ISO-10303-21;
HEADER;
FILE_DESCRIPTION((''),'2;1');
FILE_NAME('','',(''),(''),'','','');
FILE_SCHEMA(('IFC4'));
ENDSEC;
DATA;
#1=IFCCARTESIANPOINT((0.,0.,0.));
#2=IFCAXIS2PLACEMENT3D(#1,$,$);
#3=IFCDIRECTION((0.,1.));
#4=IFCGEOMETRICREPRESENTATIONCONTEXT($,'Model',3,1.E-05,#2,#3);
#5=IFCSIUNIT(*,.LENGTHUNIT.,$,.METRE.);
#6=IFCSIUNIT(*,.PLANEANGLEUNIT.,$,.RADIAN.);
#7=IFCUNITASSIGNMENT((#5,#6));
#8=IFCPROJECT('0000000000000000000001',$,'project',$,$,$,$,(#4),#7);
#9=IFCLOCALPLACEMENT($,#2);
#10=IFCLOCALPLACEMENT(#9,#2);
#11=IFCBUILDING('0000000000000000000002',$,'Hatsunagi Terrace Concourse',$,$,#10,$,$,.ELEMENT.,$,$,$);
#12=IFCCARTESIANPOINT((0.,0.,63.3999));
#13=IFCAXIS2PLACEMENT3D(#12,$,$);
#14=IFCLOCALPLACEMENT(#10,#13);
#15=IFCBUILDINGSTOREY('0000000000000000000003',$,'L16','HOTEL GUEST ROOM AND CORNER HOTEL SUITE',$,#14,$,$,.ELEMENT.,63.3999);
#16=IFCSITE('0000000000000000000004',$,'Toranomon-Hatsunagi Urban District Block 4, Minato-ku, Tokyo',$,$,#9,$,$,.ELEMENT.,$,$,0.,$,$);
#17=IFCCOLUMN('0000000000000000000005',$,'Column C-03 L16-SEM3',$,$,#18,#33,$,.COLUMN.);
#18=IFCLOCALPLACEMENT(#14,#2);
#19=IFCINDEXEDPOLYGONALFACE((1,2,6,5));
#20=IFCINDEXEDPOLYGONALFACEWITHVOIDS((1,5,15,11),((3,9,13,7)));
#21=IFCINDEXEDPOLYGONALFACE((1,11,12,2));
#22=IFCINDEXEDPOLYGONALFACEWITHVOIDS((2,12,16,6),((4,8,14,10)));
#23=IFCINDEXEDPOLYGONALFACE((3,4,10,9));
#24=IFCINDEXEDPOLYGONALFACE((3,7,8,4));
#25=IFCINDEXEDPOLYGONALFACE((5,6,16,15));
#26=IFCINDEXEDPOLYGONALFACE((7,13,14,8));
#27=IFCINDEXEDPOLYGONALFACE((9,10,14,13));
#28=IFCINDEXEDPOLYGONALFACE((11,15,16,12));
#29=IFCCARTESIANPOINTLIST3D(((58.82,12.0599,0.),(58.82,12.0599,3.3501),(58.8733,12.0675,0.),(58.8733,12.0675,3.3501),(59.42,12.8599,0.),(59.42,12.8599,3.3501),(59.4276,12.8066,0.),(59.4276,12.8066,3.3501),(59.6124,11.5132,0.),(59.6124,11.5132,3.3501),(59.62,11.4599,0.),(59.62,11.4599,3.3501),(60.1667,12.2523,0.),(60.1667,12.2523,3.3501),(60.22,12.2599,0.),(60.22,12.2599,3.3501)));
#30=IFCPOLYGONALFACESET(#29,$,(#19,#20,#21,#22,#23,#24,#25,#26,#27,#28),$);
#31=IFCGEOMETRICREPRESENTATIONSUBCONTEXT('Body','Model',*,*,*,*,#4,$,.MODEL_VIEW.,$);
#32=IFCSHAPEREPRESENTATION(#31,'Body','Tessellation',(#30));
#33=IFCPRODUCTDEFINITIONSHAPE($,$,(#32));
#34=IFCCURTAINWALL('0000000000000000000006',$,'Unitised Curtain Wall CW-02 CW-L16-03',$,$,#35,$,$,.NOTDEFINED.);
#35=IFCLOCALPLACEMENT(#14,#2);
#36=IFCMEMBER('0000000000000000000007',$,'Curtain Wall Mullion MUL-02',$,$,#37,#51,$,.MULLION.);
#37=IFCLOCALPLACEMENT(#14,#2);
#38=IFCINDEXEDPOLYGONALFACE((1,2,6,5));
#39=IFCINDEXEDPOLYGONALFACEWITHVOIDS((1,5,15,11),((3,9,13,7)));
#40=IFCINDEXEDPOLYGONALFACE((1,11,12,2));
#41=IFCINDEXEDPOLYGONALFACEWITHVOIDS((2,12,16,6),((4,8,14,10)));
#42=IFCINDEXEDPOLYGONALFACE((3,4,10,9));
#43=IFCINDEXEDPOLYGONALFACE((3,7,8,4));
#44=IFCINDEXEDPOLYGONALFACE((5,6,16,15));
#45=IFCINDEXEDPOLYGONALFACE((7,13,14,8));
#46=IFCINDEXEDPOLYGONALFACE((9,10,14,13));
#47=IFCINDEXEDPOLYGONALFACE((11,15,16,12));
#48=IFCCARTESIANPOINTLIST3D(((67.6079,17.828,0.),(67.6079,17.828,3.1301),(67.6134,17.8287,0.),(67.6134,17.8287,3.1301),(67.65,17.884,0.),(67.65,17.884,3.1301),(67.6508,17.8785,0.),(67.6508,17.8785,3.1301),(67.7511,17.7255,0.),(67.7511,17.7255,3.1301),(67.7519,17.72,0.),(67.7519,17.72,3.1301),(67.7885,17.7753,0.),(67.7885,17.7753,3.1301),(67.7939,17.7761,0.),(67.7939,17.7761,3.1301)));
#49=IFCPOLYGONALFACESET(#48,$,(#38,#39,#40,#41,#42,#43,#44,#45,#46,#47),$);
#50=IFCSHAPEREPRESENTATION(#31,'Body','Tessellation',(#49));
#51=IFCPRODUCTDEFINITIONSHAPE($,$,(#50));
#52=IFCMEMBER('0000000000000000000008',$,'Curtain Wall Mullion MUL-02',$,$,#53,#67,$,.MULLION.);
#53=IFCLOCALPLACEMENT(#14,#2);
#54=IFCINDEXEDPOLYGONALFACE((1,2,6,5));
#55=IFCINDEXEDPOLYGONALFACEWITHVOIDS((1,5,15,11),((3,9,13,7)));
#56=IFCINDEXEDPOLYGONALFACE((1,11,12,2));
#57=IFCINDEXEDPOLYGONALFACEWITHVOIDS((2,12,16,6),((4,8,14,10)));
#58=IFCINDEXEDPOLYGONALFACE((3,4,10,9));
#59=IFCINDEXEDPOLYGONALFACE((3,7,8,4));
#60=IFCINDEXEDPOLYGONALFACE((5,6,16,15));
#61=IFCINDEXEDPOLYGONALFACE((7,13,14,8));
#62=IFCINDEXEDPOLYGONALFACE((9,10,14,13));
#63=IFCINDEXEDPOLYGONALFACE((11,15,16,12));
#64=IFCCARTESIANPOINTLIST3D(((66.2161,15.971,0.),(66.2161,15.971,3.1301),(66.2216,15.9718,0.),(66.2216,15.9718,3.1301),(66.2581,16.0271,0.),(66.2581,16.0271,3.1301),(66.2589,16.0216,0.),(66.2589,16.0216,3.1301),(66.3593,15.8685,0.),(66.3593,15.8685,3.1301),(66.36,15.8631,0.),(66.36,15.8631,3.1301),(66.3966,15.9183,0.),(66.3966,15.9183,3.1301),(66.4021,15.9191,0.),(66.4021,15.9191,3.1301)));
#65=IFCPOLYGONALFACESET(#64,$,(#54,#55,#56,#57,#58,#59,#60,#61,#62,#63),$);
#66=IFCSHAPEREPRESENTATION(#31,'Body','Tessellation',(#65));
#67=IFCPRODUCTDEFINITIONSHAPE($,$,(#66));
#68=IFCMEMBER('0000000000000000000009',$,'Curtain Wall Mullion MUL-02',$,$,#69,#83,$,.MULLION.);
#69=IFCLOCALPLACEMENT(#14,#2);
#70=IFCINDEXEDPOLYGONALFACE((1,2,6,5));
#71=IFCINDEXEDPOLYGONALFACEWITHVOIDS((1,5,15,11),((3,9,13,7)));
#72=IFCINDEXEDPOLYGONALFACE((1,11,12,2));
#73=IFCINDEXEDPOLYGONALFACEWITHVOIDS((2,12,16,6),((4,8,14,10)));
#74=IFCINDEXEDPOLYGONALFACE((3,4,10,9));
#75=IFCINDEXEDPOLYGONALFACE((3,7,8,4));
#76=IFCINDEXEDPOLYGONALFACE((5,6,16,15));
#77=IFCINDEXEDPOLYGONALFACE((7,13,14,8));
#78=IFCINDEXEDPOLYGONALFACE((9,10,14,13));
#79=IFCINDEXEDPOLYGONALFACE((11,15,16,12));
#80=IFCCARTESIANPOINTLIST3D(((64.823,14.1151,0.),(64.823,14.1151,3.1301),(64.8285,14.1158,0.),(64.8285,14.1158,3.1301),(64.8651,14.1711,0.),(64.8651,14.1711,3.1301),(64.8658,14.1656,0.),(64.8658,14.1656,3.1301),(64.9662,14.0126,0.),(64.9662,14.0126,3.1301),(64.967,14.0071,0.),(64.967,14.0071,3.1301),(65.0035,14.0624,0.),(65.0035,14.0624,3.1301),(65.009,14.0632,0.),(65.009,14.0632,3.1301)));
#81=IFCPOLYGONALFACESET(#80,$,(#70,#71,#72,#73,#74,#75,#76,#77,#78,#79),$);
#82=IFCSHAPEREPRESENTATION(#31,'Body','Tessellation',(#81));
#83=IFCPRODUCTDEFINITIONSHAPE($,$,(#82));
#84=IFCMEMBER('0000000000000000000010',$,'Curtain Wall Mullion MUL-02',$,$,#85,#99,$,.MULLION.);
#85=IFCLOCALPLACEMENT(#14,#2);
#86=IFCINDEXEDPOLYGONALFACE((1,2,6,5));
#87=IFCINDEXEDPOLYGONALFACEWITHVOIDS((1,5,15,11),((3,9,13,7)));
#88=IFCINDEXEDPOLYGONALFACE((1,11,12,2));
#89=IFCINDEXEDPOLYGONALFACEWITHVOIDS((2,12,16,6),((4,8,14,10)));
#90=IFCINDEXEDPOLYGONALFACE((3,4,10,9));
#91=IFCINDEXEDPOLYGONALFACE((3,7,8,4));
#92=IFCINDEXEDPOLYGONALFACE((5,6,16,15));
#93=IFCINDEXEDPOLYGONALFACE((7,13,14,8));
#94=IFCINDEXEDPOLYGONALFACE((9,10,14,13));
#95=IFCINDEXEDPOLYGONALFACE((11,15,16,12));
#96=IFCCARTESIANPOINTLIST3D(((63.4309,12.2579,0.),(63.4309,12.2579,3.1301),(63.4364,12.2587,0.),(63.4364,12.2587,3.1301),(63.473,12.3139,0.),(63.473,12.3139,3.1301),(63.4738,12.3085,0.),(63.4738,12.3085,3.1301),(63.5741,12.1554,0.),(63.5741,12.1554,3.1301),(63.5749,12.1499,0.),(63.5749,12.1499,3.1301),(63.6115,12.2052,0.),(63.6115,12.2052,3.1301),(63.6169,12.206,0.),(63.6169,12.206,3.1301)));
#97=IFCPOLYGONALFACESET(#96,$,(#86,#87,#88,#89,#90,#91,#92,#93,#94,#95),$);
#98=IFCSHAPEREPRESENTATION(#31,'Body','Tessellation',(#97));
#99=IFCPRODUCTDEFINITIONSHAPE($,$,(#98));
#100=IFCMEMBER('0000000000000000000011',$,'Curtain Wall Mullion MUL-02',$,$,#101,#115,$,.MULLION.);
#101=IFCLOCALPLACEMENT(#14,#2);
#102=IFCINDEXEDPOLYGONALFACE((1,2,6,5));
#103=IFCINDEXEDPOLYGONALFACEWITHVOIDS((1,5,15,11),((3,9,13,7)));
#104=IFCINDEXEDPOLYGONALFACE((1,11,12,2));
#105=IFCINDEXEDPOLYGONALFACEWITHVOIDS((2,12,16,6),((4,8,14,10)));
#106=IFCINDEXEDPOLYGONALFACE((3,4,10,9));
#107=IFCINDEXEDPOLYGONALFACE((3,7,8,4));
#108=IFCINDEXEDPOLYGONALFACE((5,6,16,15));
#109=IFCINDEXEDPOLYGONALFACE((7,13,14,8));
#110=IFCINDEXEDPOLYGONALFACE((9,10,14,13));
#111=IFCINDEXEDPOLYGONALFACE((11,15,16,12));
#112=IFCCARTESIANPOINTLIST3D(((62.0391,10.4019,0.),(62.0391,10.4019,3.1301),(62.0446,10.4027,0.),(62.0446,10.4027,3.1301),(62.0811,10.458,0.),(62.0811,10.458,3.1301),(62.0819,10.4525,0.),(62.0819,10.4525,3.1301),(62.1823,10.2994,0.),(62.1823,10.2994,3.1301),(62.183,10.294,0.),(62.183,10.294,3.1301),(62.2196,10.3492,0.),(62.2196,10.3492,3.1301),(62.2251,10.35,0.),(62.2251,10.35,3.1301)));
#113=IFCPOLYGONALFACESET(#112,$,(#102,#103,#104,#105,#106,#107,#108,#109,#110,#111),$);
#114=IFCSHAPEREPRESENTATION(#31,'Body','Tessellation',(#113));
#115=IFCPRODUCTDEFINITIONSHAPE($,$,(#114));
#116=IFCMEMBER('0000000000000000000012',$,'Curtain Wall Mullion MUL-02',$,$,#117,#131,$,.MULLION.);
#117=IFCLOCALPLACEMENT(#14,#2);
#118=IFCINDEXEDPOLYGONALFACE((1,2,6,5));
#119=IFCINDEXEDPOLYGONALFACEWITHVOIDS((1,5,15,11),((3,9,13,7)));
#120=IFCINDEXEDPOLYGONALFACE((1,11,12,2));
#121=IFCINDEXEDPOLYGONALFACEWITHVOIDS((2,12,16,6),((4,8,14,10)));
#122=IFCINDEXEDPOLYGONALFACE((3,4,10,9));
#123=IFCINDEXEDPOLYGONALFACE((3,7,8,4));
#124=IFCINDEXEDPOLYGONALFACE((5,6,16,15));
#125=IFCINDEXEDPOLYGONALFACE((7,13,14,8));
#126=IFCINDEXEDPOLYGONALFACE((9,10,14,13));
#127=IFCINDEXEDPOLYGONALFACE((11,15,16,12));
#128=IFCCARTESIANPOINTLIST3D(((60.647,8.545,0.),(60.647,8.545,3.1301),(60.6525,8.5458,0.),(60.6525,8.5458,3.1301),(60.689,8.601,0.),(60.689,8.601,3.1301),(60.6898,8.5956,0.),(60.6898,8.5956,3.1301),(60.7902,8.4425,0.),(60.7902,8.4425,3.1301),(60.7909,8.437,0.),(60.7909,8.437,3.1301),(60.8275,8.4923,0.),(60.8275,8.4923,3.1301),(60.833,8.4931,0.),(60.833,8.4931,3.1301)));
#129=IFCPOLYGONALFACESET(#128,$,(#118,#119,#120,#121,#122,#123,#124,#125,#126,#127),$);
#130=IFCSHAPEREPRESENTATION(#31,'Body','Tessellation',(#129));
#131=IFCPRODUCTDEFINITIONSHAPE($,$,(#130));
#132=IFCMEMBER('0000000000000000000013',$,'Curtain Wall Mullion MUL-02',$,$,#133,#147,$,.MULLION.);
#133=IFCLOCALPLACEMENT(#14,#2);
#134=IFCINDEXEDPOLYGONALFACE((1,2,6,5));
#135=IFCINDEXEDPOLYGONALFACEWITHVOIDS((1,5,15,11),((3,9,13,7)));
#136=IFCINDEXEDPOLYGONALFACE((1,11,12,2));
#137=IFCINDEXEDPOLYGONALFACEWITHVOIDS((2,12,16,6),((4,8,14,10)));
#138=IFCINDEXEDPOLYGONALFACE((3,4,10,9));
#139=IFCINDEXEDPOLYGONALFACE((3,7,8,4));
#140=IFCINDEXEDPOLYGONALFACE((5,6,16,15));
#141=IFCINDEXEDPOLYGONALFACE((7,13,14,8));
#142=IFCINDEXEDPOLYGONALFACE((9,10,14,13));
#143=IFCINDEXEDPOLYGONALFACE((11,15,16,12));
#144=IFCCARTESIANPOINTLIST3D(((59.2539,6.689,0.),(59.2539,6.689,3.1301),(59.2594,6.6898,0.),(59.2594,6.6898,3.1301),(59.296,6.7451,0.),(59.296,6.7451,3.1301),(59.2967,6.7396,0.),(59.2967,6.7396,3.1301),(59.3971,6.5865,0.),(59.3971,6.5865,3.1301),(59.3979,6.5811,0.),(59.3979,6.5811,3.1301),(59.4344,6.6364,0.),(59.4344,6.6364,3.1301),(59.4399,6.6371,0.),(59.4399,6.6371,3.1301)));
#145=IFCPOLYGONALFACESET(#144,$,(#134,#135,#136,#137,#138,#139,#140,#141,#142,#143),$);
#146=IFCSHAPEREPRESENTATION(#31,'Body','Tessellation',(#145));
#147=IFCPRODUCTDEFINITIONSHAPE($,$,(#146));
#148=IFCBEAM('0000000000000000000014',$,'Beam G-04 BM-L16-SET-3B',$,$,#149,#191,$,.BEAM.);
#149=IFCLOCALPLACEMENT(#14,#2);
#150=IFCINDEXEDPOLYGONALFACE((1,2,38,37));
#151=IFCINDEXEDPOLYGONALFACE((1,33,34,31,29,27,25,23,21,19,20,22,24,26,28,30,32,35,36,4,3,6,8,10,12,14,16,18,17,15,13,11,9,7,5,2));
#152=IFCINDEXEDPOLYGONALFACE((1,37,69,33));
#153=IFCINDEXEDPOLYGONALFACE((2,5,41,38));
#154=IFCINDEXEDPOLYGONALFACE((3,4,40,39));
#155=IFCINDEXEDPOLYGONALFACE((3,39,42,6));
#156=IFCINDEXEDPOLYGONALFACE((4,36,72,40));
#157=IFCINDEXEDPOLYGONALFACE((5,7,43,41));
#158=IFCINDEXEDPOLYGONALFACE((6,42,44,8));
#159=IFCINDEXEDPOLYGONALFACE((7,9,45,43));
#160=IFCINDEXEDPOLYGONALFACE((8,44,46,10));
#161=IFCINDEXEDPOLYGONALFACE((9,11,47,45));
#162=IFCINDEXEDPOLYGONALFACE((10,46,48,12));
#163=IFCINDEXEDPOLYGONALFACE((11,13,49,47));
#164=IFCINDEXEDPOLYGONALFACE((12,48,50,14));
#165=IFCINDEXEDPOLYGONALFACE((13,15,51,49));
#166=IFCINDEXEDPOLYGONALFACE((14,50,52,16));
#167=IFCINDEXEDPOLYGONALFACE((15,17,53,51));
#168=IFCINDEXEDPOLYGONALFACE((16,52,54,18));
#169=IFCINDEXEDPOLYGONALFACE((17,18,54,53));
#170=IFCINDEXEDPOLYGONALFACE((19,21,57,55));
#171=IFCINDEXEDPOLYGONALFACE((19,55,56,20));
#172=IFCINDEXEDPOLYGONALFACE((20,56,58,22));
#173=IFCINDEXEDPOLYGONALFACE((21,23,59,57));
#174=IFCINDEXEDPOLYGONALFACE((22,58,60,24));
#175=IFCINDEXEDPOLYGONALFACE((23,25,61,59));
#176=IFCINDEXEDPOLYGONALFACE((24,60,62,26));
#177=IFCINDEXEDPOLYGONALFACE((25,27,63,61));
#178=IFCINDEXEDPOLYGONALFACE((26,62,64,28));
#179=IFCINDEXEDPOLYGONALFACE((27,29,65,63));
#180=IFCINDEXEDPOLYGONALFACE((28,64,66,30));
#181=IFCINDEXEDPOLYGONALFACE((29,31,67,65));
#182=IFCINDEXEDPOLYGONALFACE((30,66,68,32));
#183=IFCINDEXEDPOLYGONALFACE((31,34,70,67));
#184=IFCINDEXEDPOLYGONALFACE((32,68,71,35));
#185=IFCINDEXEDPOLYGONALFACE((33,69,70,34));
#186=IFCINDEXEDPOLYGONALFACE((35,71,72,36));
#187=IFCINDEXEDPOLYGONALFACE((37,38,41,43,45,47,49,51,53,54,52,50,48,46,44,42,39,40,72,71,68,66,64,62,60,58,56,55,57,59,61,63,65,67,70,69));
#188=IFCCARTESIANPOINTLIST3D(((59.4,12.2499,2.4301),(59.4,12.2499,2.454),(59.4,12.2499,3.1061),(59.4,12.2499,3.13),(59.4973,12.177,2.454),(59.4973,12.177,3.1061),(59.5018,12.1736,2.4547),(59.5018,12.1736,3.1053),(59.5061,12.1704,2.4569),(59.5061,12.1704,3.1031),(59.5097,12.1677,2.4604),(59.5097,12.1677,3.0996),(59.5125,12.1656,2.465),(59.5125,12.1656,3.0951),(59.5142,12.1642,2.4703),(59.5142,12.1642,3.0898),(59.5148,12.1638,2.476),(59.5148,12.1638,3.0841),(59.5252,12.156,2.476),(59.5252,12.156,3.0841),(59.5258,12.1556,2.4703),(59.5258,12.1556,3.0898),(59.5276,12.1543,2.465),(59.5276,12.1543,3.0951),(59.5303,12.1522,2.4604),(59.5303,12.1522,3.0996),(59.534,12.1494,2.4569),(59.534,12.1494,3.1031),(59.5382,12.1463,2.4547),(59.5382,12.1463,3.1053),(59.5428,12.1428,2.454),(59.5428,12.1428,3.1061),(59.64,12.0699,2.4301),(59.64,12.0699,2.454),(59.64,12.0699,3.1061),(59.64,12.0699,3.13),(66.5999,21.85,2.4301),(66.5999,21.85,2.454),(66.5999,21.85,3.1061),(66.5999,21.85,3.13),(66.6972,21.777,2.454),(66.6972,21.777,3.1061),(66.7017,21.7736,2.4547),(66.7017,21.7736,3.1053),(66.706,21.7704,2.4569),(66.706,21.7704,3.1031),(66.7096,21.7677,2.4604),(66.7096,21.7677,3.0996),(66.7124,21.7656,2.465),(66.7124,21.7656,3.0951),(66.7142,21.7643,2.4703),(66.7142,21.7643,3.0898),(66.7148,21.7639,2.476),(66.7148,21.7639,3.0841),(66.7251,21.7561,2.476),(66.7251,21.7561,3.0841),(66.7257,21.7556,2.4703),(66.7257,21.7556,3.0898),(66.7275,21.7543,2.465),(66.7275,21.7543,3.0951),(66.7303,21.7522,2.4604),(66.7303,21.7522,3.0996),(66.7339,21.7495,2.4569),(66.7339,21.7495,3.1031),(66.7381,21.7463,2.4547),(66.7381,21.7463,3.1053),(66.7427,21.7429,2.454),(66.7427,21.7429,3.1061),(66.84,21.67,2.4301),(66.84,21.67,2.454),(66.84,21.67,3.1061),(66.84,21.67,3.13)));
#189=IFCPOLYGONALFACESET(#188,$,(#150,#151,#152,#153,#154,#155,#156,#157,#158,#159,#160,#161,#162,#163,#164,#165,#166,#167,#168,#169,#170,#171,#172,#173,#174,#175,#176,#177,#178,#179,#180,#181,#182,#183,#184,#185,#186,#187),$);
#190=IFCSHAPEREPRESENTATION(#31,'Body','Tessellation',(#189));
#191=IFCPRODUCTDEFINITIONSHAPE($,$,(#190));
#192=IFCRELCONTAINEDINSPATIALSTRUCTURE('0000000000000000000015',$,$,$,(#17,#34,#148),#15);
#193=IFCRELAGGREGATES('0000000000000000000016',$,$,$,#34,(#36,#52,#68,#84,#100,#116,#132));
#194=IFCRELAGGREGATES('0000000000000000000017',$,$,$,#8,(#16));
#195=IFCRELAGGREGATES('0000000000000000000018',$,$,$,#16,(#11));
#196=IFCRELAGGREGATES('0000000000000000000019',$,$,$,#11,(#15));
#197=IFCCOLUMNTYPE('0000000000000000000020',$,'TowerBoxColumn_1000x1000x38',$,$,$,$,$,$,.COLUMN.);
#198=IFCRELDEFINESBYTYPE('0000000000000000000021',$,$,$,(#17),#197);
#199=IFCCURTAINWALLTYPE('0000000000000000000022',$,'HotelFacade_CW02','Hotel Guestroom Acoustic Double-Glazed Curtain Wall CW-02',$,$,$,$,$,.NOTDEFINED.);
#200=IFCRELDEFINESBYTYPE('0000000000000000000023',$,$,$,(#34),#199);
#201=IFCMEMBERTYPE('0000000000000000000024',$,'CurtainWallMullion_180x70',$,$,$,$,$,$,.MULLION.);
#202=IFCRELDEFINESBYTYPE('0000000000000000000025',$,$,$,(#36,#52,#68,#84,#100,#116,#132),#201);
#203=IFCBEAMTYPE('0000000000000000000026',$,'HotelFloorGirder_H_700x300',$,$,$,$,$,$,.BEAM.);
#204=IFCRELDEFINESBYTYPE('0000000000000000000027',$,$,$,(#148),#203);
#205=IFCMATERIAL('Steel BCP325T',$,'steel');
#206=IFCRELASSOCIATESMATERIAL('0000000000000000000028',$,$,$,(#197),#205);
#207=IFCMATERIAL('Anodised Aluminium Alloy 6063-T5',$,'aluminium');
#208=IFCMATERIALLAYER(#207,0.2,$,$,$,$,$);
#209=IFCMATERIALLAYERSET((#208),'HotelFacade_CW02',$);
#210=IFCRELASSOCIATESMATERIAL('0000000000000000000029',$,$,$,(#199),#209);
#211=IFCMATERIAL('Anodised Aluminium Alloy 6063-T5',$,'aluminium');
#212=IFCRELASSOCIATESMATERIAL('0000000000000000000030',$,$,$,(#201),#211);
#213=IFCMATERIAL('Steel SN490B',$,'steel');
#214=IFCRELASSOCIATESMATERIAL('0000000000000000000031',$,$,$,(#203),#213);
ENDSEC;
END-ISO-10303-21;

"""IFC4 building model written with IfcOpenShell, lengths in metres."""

from ifc_helpers import new_model, si_unit, direction, frame, origin, origin_2d, place, context, subcontext, project, spatial, hollow_rectangle, i_section, extrude, material, layer, layer_set, material_profile, profile_set, type_object, element, aggregate, save


model = new_model("IFC4")

# Units and contexts
model_context = context("Model", 3, precision=1e-05, world=origin(), true_north=direction((0.0, 1.0)))
body_context = subcontext(model_context, "Body", "Model", "MODEL_VIEW")
ifc_project = project(units=[si_unit("LENGTHUNIT", "METRE"), si_unit("PLANEANGLEUNIT", "RADIAN")], contexts=[model_context])

# Site, building, storey
site_placement = place(None, origin())
site = spatial("IfcSite", under=ifc_project, at=site_placement, Name="Toranomon-Hatsunagi Urban District Block 4, Minato-ku, Tokyo", CompositionType="ELEMENT", RefElevation=0.0)
building_placement = place(site_placement, origin())
building = spatial("IfcBuilding", under=site, at=building_placement, Name="Hatsunagi Terrace Concourse", CompositionType="ELEMENT")
storey_placement = place(building_placement, frame((0.0, 0.0, 63.3999)))
storey = spatial("IfcBuildingStorey", under=building, at=storey_placement, Name="L16", Description="HOTEL GUEST ROOM AND CORNER HOTEL SUITE", CompositionType="ELEMENT", Elevation=63.3999)

# Column
ifc_material_1 = material(Name="Steel BCP325T", Category="steel")
ifc_material_profile_1 = material_profile(ifc_material_1, hollow_rectangle(XDim=1.0, YDim=1.0, WallThickness=0.0381, at=origin_2d()), Name="BCP-1000x1000x38")
ifc_profile_set_1 = profile_set([ifc_material_profile_1], Name="Steel BCP325T")
column_type = type_object("IfcColumnType", Name="TowerBoxColumn_1000x1000x38", PredefinedType="COLUMN", material=ifc_profile_set_1)
column_placement = place(storey_placement, frame((59.52, 12.1599, 0.0), z_axis=(0.0, 0.0, 1.0), x_axis=(0.8, -0.6, 0.0)))
element("IfcColumn", 1, at=column_placement, inside=storey, type_object=column_type, Name="Column C-03 L16-SEM3", PredefinedType="COLUMN", context=body_context, shape_type="SweptSolid", body=[
    extrude(hollow_rectangle(XDim=1.0, YDim=1.0, WallThickness=0.0381, at=origin_2d()), origin(), (0.0, 0.0, 1.0), 3.3501),
])

# Curtain wall, members
ifc_material_2 = material(Name="Anodised Aluminium Alloy 6063-T5", Category="aluminium")
ifc_layer_1 = layer(ifc_material_2, 0.2)
ifc_layer_set_1 = layer_set([ifc_layer_1], Name="HotelFacade_CW02")
curtain_wall_type = type_object("IfcCurtainWallType", Name="HotelFacade_CW02", Description="Hotel Guestroom Acoustic Double-Glazed Curtain Wall CW-02", PredefinedType="NOTDEFINED", material=ifc_layer_set_1)
curtain_wall_placement = place(storey_placement, origin())
curtain_wall = element("IfcCurtainWall", 2, at=curtain_wall_placement, inside=storey, type_object=curtain_wall_type, Name="Unitised Curtain Wall CW-02 CW-L16-03", PredefinedType="NOTDEFINED")
ifc_material_3 = material(Name="Anodised Aluminium Alloy 6063-T5", Category="aluminium")
ifc_material_profile_2 = material_profile(ifc_material_3, hollow_rectangle(XDim=0.0701, YDim=0.1799, WallThickness=0.0039, at=origin_2d()), Name="ALU-MUL-180x70x4")
ifc_profile_set_2 = profile_set([ifc_material_profile_2], Name="Anodised Aluminium Alloy 6063-T5")
member_type = type_object("IfcMemberType", Name="CurtainWallMullion_180x70", PredefinedType="MULLION", material=ifc_profile_set_2)
member_1_placement = place(storey_placement, frame((67.7009, 17.802, 0.0), z_axis=(0.0, 0.0, 1.0), x_axis=(-0.599969, -0.800023, 0.0)))
member_1 = element("IfcMember", 3, at=member_1_placement, type_object=member_type, Name="Curtain Wall Mullion MUL-02", PredefinedType="MULLION", context=body_context, shape_type="SweptSolid", body=[
    extrude(hollow_rectangle(XDim=0.0701, YDim=0.1799, WallThickness=0.0039, at=origin_2d()), origin(), (0.0, 0.0, 1.0), 3.1301),
])
member_2_placement = place(storey_placement, frame((66.3091, 15.9451, 0.0), z_axis=(0.0, 0.0, 1.0), x_axis=(-0.599969, -0.800023, 0.0)))
member_2 = element("IfcMember", 4, at=member_2_placement, type_object=member_type, Name="Curtain Wall Mullion MUL-02", PredefinedType="MULLION", context=body_context, shape_type="SweptSolid", body=[
    extrude(hollow_rectangle(XDim=0.0701, YDim=0.1799, WallThickness=0.0039, at=origin_2d()), origin(), (0.0, 0.0, 1.0), 3.1301),
])
member_3_placement = place(storey_placement, frame((64.916, 14.0891, 0.0), z_axis=(0.0, 0.0, 1.0), x_axis=(-0.599969, -0.800023, 0.0)))
member_3 = element("IfcMember", 5, at=member_3_placement, type_object=member_type, Name="Curtain Wall Mullion MUL-02", PredefinedType="MULLION", context=body_context, shape_type="SweptSolid", body=[
    extrude(hollow_rectangle(XDim=0.0701, YDim=0.1799, WallThickness=0.0039, at=origin_2d()), origin(), (0.0, 0.0, 1.0), 3.1301),
])
member_4_placement = place(storey_placement, frame((63.5239, 12.2319, 0.0), z_axis=(0.0, 0.0, 1.0), x_axis=(-0.599969, -0.800023, 0.0)))
member_4 = element("IfcMember", 6, at=member_4_placement, type_object=member_type, Name="Curtain Wall Mullion MUL-02", PredefinedType="MULLION", context=body_context, shape_type="SweptSolid", body=[
    extrude(hollow_rectangle(XDim=0.0701, YDim=0.1799, WallThickness=0.0039, at=origin_2d()), origin(), (0.0, 0.0, 1.0), 3.1301),
])
member_5_placement = place(storey_placement, frame((62.1321, 10.376, 0.0), z_axis=(0.0, 0.0, 1.0), x_axis=(-0.599969, -0.800023, 0.0)))
member_5 = element("IfcMember", 7, at=member_5_placement, type_object=member_type, Name="Curtain Wall Mullion MUL-02", PredefinedType="MULLION", context=body_context, shape_type="SweptSolid", body=[
    extrude(hollow_rectangle(XDim=0.0701, YDim=0.1799, WallThickness=0.0039, at=origin_2d()), origin(), (0.0, 0.0, 1.0), 3.1301),
])
member_6_placement = place(storey_placement, frame((60.74, 8.519, 0.0), z_axis=(0.0, 0.0, 1.0), x_axis=(-0.599969, -0.800023, 0.0)))
member_6 = element("IfcMember", 8, at=member_6_placement, type_object=member_type, Name="Curtain Wall Mullion MUL-02", PredefinedType="MULLION", context=body_context, shape_type="SweptSolid", body=[
    extrude(hollow_rectangle(XDim=0.0701, YDim=0.1799, WallThickness=0.0039, at=origin_2d()), origin(), (0.0, 0.0, 1.0), 3.1301),
])
member_7_placement = place(storey_placement, frame((59.3469, 6.6631, 0.0), z_axis=(0.0, 0.0, 1.0), x_axis=(-0.599969, -0.800023, 0.0)))
member_7 = element("IfcMember", 9, at=member_7_placement, type_object=member_type, Name="Curtain Wall Mullion MUL-02", PredefinedType="MULLION", context=body_context, shape_type="SweptSolid", body=[
    extrude(hollow_rectangle(XDim=0.0701, YDim=0.1799, WallThickness=0.0039, at=origin_2d()), origin(), (0.0, 0.0, 1.0), 3.1301),
])

# Beam
ifc_material_4 = material(Name="Steel SN490B", Category="steel")
ifc_material_profile_3 = material_profile(ifc_material_4, i_section(OverallWidth=0.3, OverallDepth=0.7, WebThickness=0.0129, FlangeThickness=0.0239, FilletRadius=0.022, at=origin_2d()), Name="H-700x300x13x24")
ifc_profile_set_3 = profile_set([ifc_material_profile_3], Name="Steel SN490B")
beam_type = type_object("IfcBeamType", Name="HotelFloorGirder_H_700x300", PredefinedType="BEAM", material=ifc_profile_set_3)
beam_placement = place(storey_placement, frame((59.52, 12.1599, 2.78), z_axis=(0.599993, 0.800005, 0.0), x_axis=(-0.800005, 0.599993, 0.0)))
element("IfcBeam", 10, at=beam_placement, inside=storey, type_object=beam_type, Name="Beam G-04 BM-L16-SET-3B", PredefinedType="BEAM", context=body_context, shape_type="SweptSolid", body=[
    extrude(i_section(OverallWidth=0.3, OverallDepth=0.7, WebThickness=0.0129, FlangeThickness=0.0239, FilletRadius=0.022, at=origin_2d()), origin(), (0.0, 0.0, 1.0), 12.0),
])

aggregate(curtain_wall, [member_1, member_2, member_3, member_4, member_5, member_6, member_7])

save(model, "model.ifc")
